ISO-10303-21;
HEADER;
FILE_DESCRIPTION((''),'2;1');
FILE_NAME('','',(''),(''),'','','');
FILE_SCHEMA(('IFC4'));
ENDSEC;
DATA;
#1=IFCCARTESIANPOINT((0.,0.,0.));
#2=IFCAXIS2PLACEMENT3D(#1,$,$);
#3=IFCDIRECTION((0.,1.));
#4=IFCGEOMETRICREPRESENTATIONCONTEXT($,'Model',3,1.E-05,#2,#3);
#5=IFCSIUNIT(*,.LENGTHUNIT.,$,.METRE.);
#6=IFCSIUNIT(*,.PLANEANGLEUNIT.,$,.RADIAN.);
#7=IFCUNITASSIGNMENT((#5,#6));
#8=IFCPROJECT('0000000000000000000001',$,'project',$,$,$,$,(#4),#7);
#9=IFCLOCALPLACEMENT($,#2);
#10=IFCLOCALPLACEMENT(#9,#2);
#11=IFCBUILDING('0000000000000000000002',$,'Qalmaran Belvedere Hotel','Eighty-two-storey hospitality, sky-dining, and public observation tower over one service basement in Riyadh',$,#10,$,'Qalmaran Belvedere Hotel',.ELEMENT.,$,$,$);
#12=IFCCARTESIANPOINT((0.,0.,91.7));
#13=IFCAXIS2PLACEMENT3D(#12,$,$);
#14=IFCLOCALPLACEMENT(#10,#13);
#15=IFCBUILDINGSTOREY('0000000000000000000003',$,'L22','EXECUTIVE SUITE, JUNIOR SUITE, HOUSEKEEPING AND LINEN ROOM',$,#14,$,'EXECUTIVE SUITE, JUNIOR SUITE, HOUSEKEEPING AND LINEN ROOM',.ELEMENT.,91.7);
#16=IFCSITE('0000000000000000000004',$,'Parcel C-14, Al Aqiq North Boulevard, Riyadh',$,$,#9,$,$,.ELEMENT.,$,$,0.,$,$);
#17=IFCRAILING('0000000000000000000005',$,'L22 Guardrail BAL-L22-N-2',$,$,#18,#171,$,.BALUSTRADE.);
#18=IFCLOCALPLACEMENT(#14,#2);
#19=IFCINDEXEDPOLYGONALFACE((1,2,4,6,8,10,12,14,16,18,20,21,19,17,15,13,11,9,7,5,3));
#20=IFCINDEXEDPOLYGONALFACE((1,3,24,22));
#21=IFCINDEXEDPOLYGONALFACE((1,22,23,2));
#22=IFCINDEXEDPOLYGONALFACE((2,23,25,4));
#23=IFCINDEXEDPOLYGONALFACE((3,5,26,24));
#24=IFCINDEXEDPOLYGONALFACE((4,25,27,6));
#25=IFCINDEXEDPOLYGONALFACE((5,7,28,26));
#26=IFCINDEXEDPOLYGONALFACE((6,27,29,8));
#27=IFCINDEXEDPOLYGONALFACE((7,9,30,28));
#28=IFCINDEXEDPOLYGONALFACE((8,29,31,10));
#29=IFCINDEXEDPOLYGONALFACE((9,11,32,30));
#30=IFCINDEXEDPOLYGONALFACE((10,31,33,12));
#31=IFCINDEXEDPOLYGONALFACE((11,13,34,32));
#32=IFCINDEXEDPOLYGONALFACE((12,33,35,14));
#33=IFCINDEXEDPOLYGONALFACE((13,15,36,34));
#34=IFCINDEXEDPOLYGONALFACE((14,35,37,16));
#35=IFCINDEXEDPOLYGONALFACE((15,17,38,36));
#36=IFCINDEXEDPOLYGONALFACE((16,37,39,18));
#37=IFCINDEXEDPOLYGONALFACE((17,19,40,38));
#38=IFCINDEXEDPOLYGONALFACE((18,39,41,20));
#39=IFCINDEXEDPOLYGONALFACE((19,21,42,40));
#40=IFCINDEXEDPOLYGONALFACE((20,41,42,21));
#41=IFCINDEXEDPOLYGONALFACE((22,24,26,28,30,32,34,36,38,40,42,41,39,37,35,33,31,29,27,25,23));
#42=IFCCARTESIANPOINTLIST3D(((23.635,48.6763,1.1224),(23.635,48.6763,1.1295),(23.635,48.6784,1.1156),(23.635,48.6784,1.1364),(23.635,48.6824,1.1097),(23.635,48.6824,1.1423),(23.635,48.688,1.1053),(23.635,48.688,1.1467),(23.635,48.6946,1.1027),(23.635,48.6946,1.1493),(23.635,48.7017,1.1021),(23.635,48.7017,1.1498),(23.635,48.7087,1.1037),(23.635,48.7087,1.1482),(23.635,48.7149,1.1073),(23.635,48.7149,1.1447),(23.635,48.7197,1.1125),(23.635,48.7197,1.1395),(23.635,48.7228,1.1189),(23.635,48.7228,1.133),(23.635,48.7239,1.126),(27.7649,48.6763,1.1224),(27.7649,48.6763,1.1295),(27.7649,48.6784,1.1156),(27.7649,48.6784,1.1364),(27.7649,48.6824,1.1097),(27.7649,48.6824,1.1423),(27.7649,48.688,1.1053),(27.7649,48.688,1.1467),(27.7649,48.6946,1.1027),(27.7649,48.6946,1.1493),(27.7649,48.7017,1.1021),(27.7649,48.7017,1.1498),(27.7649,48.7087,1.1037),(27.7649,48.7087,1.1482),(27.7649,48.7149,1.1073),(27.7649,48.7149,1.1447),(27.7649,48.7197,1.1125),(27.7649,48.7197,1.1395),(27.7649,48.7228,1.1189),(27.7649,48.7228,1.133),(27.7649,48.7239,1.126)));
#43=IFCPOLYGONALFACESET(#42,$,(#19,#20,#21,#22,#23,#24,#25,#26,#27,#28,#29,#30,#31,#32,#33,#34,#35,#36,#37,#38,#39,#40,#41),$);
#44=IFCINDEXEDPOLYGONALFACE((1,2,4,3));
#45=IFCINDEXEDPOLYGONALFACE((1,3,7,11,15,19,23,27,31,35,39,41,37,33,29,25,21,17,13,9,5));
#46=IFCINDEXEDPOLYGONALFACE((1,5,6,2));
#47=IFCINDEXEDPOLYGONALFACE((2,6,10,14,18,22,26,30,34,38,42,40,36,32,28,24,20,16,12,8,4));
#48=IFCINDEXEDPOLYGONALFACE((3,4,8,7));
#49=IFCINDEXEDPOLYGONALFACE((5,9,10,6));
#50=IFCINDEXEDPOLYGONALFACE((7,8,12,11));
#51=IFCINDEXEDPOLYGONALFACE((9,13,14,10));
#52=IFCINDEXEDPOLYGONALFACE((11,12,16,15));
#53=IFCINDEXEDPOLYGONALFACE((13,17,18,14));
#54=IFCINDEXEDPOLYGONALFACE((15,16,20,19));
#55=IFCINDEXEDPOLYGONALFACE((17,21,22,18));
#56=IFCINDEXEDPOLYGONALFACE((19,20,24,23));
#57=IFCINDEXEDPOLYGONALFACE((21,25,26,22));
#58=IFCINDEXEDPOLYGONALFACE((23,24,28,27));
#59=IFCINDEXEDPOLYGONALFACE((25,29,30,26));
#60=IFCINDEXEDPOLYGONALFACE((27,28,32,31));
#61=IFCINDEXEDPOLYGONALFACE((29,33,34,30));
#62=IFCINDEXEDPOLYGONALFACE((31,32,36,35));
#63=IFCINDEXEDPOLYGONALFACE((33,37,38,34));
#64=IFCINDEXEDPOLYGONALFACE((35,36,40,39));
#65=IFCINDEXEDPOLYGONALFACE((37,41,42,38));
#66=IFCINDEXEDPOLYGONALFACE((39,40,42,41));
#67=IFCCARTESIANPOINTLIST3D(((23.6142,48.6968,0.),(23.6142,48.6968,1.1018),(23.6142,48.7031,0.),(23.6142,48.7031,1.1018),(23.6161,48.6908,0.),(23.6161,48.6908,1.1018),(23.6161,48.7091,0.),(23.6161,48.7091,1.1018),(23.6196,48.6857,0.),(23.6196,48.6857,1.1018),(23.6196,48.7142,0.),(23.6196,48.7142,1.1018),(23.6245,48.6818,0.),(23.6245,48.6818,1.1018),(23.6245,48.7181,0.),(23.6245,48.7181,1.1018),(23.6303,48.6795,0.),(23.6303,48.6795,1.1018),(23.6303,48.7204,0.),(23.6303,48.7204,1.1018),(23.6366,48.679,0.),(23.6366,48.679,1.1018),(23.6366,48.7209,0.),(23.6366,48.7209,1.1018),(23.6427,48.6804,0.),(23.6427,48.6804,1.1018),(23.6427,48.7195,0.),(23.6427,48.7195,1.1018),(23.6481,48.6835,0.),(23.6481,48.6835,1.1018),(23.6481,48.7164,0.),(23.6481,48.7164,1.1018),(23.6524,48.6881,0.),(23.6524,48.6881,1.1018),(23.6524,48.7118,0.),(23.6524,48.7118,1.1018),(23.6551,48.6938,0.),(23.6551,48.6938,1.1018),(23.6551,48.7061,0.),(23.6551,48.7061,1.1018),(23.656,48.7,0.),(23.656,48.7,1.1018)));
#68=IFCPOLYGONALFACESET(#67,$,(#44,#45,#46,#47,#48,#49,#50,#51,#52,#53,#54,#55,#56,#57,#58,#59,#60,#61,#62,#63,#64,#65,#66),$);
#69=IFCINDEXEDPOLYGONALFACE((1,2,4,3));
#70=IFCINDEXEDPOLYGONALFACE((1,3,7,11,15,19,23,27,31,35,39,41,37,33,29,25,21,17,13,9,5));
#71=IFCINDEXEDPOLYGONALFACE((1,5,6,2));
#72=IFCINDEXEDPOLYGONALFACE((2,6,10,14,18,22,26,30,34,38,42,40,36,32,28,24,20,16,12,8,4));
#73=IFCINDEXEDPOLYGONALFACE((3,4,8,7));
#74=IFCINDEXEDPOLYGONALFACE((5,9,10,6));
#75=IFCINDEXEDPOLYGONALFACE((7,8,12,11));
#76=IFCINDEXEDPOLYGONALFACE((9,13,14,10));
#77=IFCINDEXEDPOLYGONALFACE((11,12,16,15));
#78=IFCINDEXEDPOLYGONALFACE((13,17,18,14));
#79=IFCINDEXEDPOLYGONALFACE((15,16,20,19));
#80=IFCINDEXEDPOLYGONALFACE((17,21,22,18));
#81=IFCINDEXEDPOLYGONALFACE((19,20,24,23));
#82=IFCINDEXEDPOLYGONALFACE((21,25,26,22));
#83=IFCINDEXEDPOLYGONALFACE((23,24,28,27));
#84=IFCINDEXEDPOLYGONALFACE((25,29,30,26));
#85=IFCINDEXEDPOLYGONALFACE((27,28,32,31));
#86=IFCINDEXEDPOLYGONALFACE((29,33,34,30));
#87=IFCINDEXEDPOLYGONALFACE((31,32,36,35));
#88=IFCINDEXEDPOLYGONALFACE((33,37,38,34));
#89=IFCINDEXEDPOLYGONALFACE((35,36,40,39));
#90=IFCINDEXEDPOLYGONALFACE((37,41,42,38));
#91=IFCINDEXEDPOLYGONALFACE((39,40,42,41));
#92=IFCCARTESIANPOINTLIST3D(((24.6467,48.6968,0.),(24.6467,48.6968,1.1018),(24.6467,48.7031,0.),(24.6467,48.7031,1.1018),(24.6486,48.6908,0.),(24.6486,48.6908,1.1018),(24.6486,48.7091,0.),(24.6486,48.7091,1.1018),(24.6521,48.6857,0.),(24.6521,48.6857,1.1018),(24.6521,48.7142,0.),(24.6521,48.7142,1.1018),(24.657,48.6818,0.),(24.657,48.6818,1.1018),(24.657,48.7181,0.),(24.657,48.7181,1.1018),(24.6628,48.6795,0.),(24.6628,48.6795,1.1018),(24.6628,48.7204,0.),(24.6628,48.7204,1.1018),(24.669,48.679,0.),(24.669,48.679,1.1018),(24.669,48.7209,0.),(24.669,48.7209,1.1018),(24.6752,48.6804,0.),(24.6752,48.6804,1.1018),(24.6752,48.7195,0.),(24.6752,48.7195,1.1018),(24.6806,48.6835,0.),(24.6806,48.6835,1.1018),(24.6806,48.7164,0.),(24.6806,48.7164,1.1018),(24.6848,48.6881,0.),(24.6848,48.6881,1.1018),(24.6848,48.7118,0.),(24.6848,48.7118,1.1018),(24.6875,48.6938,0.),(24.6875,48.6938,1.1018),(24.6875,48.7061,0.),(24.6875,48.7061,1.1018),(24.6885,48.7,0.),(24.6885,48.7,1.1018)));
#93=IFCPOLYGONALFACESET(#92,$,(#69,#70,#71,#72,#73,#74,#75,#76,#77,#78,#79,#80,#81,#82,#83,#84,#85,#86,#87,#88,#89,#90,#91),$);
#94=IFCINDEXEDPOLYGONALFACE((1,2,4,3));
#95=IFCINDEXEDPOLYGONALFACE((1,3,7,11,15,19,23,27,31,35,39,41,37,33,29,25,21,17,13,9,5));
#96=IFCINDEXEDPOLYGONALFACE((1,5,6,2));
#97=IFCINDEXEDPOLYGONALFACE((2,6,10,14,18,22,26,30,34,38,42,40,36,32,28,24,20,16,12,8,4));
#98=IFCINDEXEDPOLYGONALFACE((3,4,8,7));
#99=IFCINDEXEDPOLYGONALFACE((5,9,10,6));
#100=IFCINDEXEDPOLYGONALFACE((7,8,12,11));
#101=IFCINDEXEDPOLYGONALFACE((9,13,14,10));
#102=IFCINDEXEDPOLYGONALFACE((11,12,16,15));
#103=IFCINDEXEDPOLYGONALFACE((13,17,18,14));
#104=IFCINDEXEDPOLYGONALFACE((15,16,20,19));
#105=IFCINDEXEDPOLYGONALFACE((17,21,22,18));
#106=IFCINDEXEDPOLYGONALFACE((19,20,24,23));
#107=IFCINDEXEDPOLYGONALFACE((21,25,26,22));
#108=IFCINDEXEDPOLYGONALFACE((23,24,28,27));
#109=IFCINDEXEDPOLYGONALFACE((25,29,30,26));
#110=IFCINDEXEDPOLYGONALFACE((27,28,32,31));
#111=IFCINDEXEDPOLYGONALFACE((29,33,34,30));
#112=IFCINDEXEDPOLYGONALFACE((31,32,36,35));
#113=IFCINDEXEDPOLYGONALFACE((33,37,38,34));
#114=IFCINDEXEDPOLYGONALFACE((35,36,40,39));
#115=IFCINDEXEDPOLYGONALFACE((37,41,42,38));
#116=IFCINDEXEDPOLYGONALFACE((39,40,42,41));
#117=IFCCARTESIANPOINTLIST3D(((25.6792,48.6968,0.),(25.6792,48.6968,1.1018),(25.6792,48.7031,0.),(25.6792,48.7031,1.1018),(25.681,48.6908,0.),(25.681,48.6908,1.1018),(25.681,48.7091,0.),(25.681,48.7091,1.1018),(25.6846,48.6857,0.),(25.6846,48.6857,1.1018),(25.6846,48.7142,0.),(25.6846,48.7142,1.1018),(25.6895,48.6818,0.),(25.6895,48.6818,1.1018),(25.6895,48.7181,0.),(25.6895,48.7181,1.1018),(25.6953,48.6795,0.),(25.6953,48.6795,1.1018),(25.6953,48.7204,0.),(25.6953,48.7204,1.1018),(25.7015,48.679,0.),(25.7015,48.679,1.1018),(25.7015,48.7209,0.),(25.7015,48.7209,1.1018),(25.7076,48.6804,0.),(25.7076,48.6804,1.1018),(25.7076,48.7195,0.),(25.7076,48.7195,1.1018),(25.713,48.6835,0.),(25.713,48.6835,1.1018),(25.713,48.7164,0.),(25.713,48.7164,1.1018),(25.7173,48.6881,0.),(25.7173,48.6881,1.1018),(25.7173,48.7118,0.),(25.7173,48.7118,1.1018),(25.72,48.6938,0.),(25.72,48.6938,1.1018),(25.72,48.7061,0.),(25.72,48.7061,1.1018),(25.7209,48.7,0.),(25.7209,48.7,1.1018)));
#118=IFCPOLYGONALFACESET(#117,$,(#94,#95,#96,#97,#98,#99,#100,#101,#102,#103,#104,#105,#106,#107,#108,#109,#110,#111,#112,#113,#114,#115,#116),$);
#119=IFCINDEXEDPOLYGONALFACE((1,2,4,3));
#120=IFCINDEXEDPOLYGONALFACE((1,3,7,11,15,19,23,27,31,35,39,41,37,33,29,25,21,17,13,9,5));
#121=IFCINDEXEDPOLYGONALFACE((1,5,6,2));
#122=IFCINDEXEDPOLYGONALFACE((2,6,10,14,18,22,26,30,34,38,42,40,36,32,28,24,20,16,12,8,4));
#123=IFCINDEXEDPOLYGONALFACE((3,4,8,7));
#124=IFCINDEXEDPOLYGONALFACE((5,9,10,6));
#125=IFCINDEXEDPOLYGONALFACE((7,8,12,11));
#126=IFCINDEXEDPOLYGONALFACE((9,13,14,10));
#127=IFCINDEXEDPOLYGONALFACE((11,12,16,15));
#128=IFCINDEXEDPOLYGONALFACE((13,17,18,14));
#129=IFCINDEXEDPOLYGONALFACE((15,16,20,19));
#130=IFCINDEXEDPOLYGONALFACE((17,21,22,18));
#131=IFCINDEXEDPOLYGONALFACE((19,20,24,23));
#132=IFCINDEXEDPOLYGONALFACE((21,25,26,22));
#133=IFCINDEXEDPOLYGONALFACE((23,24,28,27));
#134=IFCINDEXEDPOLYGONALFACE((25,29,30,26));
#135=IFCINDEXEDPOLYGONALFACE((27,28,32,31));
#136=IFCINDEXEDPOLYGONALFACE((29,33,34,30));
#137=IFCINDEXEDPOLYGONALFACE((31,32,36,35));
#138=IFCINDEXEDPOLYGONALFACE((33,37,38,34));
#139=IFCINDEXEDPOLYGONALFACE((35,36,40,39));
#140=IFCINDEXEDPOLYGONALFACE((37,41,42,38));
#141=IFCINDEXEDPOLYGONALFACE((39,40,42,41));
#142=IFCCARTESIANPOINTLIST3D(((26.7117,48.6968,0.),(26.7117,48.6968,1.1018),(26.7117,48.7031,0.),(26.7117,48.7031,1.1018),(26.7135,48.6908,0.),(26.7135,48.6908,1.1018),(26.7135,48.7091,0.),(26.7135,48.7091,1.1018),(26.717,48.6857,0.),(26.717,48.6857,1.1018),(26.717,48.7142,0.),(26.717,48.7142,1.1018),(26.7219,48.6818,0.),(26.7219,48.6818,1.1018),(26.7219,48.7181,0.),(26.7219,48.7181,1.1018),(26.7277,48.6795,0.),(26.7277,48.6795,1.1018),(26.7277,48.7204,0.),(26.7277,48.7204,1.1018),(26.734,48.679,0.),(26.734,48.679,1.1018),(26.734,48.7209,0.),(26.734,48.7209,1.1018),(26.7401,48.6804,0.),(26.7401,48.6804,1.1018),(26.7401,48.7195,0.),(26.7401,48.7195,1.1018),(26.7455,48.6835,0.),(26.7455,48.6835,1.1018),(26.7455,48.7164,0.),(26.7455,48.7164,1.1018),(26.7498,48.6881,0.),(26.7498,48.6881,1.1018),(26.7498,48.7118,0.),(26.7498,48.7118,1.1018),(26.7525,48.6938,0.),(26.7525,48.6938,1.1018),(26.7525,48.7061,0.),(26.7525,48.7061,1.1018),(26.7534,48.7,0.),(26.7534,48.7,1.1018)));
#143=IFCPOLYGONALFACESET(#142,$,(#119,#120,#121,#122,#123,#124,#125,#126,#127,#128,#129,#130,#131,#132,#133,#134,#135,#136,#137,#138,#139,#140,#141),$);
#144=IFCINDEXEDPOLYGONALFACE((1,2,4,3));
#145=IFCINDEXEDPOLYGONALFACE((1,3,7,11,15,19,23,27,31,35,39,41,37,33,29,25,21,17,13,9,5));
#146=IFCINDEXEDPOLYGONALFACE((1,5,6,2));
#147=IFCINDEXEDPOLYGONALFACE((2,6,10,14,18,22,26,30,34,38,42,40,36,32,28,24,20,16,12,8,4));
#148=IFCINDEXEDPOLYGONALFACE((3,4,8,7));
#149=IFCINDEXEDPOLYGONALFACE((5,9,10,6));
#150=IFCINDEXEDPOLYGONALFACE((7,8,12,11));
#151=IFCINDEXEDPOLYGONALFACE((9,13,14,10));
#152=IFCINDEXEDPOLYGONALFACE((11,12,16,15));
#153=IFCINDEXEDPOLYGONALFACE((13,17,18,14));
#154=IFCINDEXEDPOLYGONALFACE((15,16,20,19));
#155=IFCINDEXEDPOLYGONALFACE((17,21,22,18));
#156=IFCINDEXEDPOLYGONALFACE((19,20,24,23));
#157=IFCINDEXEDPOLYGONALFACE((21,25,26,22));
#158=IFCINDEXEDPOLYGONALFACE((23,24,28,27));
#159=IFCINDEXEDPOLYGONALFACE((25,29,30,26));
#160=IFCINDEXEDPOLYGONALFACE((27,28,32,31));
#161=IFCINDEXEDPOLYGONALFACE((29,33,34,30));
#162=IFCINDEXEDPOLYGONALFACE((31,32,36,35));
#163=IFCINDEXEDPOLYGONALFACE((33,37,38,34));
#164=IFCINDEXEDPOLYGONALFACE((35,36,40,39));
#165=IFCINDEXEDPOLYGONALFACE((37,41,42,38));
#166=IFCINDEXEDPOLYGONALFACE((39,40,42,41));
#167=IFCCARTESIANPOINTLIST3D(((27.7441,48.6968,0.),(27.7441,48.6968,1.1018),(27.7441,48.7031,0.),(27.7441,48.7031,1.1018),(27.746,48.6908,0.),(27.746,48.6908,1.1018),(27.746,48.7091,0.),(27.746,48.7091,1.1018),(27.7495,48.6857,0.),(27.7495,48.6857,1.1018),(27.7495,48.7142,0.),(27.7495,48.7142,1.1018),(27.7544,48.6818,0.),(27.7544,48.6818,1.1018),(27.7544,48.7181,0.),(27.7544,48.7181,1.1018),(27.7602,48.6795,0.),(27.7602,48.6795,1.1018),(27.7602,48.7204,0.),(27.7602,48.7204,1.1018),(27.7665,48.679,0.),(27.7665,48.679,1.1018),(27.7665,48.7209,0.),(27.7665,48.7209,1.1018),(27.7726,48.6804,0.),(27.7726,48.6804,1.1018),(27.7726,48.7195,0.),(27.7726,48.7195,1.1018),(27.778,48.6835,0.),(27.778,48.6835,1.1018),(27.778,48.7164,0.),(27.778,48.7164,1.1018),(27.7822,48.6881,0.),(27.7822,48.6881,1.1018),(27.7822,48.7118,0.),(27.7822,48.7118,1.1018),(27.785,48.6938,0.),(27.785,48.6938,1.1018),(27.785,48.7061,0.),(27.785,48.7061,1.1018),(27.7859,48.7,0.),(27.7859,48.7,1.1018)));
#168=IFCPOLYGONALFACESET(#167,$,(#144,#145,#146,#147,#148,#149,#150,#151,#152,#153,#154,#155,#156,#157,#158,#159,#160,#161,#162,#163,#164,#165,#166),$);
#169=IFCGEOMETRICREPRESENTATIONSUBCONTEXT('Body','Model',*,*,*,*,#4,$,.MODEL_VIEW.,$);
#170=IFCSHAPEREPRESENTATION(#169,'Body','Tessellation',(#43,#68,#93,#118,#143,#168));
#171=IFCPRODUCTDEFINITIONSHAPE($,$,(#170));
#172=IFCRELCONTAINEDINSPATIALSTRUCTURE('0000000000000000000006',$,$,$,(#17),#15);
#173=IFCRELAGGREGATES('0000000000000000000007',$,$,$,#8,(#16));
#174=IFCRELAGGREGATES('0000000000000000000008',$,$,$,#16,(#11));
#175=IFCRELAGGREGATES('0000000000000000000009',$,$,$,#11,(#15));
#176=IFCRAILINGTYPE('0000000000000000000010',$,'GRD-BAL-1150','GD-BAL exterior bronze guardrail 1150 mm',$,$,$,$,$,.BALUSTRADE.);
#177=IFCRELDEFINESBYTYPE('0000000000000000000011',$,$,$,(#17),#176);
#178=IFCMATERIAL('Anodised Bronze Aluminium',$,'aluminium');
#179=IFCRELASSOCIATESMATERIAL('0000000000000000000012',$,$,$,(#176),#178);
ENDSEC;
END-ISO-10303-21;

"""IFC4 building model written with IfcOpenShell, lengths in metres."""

from ifc_helpers import new_model, si_unit, direction, frame, origin, origin_2d, place, context, subcontext, project, spatial, circle, extrude, material, type_object, element, save


model = new_model("IFC4")

# Units and contexts
model_context = context("Model", 3, precision=1e-05, world=origin(), true_north=direction((0.0, 1.0)))
body_context = subcontext(model_context, "Body", "Model", "MODEL_VIEW")
ifc_project = project(units=[si_unit("LENGTHUNIT", "METRE"), si_unit("PLANEANGLEUNIT", "RADIAN")], contexts=[model_context])

# Site, building, storey
site_placement = place(None, origin())
site = spatial("IfcSite", under=ifc_project, at=site_placement, Name="Parcel C-14, Al Aqiq North Boulevard, Riyadh", CompositionType="ELEMENT", RefElevation=0.0)
building_placement = place(site_placement, origin())
building = spatial("IfcBuilding", under=site, at=building_placement, Name="Qalmaran Belvedere Hotel", Description="Eighty-two-storey hospitality, sky-dining, and public observation tower over one service basement in Riyadh", LongName="Qalmaran Belvedere Hotel", CompositionType="ELEMENT")
storey_placement = place(building_placement, frame((0.0, 0.0, 91.7)))
storey = spatial("IfcBuildingStorey", under=building, at=storey_placement, Name="L22", Description="EXECUTIVE SUITE, JUNIOR SUITE, HOUSEKEEPING AND LINEN ROOM", LongName="EXECUTIVE SUITE, JUNIOR SUITE, HOUSEKEEPING AND LINEN ROOM", CompositionType="ELEMENT", Elevation=91.7)

# Shared definitions
ifc_material_1 = material(Name="Anodised Bronze Aluminium", Category="aluminium")

# Railing
railing_type = type_object("IfcRailingType", Name="GRD-BAL-1150", Description="GD-BAL exterior bronze guardrail 1150 mm", PredefinedType="BALUSTRADE", material=ifc_material_1)
railing_1_placement = place(storey_placement, frame((23.635, 48.7, 0.0)))
element("IfcRailing", 1, at=railing_1_placement, inside=storey, type_object=railing_type, Name="L22 Guardrail BAL-L22-N-2", PredefinedType="BALUSTRADE", context=body_context, shape_type="SweptSolid", body=[
    extrude(circle(Radius=0.0239, at=origin_2d()), frame((0.0, 0.0, 1.126), z_axis=(1.0, 0.0, 0.0), x_axis=(0.0, 1.0, 0.0)), (0.0, 0.0, 1.0), 4.1299),
    extrude(circle(Radius=0.021, at=origin_2d()), origin(), (0.0, 0.0, 1.0), 1.1018),
    extrude(circle(Radius=0.021, at=origin_2d()), frame((1.0325, 0.0, 0.0)), (0.0, 0.0, 1.0), 1.1018),
    extrude(circle(Radius=0.021, at=origin_2d()), frame((2.0649, 0.0, 0.0)), (0.0, 0.0, 1.0), 1.1018),
    extrude(circle(Radius=0.021, at=origin_2d()), frame((3.0974, 0.0, 0.0)), (0.0, 0.0, 1.0), 1.1018),
    extrude(circle(Radius=0.021, at=origin_2d()), frame((4.1299, 0.0, 0.0)), (0.0, 0.0, 1.0), 1.1018),
])

save(model, "model.ifc")
